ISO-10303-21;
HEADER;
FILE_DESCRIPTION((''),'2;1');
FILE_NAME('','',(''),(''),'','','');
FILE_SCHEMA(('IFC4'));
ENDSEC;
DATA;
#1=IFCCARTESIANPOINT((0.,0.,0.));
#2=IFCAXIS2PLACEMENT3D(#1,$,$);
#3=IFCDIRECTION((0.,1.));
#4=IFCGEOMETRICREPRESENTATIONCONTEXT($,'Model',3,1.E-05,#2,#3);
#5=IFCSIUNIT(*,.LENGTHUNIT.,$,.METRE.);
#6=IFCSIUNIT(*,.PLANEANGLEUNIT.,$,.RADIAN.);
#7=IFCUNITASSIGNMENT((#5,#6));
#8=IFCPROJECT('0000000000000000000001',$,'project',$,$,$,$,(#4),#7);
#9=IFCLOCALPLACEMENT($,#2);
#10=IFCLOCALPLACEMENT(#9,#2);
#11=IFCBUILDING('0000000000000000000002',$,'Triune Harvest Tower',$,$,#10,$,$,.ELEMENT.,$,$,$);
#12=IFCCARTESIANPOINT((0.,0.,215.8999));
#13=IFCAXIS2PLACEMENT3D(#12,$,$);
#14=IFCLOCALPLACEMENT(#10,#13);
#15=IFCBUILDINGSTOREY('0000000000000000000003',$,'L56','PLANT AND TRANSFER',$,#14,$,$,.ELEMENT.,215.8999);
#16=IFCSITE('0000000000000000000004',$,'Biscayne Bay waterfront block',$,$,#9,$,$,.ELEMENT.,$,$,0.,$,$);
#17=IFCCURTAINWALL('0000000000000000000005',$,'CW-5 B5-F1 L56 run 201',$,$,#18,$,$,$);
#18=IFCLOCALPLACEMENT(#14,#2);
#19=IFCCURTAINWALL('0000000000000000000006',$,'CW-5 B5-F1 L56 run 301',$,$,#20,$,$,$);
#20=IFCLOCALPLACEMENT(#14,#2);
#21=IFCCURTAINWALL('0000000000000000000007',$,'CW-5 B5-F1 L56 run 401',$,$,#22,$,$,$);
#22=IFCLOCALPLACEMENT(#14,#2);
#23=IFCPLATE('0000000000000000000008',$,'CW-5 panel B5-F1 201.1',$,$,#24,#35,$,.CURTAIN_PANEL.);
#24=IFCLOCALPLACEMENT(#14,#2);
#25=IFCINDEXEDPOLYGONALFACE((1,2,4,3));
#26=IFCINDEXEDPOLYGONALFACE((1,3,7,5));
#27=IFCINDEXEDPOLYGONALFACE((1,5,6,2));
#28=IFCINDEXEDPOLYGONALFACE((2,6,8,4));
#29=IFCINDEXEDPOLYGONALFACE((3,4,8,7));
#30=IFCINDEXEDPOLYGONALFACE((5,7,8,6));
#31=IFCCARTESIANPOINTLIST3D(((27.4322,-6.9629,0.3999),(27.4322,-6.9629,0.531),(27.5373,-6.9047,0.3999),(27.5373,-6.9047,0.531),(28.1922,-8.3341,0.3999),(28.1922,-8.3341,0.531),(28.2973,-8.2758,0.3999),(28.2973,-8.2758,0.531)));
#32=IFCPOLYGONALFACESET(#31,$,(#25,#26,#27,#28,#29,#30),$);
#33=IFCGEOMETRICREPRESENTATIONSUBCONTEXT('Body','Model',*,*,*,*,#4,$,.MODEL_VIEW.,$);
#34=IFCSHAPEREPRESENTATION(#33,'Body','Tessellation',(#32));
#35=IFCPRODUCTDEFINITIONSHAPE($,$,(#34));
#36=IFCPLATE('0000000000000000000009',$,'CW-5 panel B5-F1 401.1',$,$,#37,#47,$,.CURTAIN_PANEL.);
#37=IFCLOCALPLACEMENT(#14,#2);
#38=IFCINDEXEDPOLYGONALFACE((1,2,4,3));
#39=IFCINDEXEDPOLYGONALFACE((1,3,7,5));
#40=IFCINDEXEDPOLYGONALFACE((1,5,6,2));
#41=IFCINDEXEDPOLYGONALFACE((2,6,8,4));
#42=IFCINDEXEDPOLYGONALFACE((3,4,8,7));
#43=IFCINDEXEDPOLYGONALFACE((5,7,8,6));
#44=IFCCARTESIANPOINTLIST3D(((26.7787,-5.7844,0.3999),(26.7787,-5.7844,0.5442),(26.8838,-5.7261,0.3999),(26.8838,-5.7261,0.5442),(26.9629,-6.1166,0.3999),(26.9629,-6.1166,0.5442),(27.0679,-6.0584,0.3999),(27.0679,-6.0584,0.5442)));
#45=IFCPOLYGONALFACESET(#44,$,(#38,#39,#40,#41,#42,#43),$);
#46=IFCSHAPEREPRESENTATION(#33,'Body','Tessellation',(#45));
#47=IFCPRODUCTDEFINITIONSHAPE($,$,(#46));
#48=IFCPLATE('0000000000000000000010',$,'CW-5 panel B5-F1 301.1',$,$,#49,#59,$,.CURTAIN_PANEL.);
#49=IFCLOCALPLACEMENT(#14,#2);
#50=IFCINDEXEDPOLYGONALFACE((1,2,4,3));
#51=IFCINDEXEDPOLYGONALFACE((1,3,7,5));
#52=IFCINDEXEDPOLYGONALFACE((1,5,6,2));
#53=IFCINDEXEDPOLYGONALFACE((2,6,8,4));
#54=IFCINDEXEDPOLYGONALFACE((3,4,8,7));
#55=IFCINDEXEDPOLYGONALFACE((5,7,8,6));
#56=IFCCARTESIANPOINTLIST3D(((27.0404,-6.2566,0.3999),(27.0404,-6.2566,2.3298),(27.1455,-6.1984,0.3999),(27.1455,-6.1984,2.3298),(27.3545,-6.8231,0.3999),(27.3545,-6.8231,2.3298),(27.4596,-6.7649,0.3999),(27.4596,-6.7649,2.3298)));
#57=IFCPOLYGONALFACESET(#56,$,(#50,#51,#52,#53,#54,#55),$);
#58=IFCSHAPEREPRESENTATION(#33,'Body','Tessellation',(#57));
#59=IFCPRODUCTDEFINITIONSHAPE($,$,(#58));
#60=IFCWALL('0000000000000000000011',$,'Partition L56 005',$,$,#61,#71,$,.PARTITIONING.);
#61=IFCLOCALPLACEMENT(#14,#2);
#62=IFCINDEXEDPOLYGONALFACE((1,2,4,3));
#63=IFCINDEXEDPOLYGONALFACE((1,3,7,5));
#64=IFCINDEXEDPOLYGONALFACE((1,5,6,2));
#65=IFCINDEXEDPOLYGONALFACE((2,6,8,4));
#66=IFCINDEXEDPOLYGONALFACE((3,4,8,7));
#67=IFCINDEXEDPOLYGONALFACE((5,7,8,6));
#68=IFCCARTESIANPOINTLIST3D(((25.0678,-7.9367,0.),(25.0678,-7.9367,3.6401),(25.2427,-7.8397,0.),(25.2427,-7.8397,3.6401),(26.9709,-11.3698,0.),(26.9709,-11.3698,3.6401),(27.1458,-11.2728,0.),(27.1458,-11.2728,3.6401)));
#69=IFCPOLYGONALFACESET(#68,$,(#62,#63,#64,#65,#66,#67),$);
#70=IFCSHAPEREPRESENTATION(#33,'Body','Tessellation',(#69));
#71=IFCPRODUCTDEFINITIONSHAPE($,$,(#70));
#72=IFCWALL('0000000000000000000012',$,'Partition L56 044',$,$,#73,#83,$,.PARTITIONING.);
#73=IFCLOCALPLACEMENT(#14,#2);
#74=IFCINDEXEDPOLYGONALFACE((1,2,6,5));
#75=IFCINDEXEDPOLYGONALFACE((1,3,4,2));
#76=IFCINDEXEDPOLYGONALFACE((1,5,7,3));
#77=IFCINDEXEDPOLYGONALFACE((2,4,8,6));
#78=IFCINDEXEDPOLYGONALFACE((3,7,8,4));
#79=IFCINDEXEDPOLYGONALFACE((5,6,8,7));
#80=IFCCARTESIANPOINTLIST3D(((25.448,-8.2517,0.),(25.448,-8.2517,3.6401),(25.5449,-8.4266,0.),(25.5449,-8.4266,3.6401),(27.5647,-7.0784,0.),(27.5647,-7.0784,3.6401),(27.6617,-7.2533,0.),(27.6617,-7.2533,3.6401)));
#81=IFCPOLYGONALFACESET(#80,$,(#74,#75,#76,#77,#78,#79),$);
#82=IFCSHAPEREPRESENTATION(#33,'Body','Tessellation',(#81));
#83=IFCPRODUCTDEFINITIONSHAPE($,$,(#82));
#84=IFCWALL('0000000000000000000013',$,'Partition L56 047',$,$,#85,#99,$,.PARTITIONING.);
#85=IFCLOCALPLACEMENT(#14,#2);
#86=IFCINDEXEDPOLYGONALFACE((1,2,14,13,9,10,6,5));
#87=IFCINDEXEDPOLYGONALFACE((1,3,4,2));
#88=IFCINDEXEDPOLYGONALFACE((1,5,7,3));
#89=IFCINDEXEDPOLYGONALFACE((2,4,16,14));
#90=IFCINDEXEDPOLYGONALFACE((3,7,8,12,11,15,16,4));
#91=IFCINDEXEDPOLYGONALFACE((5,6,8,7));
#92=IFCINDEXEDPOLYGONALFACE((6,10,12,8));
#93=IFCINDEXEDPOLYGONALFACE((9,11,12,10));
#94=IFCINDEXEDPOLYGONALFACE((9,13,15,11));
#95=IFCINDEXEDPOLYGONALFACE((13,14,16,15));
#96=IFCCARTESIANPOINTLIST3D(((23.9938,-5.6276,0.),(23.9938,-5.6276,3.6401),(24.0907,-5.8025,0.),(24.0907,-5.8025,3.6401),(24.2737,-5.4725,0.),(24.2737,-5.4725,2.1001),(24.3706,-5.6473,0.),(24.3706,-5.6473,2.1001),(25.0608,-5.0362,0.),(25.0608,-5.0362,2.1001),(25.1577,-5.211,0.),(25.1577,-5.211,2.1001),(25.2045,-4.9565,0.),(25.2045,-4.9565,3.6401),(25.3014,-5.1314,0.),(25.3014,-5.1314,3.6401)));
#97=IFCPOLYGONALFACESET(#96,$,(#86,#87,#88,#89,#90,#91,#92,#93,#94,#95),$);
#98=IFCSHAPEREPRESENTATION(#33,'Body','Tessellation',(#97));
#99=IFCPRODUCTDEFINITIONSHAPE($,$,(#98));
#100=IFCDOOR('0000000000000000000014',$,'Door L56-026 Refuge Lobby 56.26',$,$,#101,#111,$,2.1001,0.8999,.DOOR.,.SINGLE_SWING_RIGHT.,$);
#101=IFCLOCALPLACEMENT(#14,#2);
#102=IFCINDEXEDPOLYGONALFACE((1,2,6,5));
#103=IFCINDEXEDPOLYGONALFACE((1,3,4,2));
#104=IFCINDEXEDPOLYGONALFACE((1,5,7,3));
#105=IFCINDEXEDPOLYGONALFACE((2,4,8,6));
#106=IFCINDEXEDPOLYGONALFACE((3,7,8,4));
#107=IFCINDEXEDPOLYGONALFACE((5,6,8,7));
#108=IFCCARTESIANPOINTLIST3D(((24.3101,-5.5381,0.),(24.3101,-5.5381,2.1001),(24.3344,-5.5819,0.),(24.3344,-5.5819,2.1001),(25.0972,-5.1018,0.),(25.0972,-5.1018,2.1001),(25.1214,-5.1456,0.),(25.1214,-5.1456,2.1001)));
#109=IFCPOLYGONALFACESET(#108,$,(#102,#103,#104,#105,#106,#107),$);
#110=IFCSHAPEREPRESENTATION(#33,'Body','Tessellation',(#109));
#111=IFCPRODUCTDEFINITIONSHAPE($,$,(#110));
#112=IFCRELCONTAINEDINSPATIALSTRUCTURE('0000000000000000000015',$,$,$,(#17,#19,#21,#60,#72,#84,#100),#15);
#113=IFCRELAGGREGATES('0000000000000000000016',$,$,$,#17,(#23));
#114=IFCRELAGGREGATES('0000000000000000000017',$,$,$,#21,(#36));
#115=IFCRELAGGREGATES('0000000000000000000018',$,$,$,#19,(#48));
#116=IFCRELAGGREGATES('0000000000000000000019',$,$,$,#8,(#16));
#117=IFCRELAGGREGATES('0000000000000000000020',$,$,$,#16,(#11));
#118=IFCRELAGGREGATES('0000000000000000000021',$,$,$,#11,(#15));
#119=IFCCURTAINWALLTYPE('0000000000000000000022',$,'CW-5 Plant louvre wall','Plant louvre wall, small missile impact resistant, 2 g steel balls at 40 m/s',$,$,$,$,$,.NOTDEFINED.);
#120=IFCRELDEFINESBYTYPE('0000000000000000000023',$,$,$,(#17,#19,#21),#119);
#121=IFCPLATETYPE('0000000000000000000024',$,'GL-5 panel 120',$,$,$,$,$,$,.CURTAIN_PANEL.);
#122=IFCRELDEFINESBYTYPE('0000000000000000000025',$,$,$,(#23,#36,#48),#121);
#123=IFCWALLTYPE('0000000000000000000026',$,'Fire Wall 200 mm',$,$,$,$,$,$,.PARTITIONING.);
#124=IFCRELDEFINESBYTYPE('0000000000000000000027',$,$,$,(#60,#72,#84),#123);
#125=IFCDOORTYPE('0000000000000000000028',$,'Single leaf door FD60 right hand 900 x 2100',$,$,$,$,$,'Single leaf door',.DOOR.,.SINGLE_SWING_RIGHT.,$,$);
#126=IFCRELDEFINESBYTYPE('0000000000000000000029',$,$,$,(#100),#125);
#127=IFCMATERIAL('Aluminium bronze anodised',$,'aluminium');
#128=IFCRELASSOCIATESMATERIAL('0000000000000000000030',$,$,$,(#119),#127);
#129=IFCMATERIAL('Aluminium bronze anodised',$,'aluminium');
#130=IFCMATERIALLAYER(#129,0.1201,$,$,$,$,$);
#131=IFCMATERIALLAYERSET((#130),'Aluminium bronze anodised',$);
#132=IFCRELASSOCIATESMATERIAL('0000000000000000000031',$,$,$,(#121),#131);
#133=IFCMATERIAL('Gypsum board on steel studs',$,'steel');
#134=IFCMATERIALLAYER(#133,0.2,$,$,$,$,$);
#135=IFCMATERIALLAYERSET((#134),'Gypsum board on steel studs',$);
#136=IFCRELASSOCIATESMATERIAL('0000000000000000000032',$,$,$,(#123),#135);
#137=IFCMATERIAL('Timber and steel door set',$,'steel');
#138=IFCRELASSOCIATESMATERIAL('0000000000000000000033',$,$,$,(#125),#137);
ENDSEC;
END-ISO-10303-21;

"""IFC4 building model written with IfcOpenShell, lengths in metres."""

from ifc_helpers import new_model, si_unit, direction, frame, frame_2d, origin, origin_2d, place, context, subcontext, project, spatial, rectangle, extrude, source, transform, mapped, material, layer, layer_set, type_object, element, fill, aggregate, save


model = new_model("IFC4")

# Units and contexts
model_context = context("Model", 3, precision=1e-05, world=origin(), true_north=direction((0.0, 1.0)))
body_context = subcontext(model_context, "Body", "Model", "MODEL_VIEW")
ifc_project = project(units=[si_unit("LENGTHUNIT", "METRE"), si_unit("PLANEANGLEUNIT", "RADIAN")], contexts=[model_context])

# Site, building, storey
site_placement = place(None, origin())
site = spatial("IfcSite", under=ifc_project, at=site_placement, Name="Biscayne Bay waterfront block", CompositionType="ELEMENT", RefElevation=0.0)
building_placement = place(site_placement, origin())
building = spatial("IfcBuilding", under=site, at=building_placement, Name="Triune Harvest Tower", CompositionType="ELEMENT")
storey_placement = place(building_placement, frame((0.0, 0.0, 215.8999)))
storey = spatial("IfcBuildingStorey", under=building, at=storey_placement, Name="L56", Description="PLANT AND TRANSFER", CompositionType="ELEMENT", Elevation=215.8999)

# Curtain wall
ifc_material_1 = material(Name="Aluminium bronze anodised", Category="aluminium")
curtain_wall_type = type_object("IfcCurtainWallType", Name="CW-5 Plant louvre wall", Description="Plant louvre wall, small missile impact resistant, 2 g steel balls at 40 m/s", PredefinedType="NOTDEFINED", material=ifc_material_1)
curtain_wall_1_placement = place(storey_placement, origin())
curtain_wall_1 = element("IfcCurtainWall", 1, at=curtain_wall_1_placement, inside=storey, type_object=curtain_wall_type, Name="CW-5 B5-F1 L56 run 201")

# Curtain wall
curtain_wall_2_placement = place(storey_placement, origin())
curtain_wall_2 = element("IfcCurtainWall", 2, at=curtain_wall_2_placement, inside=storey, type_object=curtain_wall_type, Name="CW-5 B5-F1 L56 run 301")

# Curtain wall
curtain_wall_3_placement = place(storey_placement, origin())
curtain_wall_3 = element("IfcCurtainWall", 3, at=curtain_wall_3_placement, inside=storey, type_object=curtain_wall_type, Name="CW-5 B5-F1 L56 run 401")

# Plates
ifc_material_2 = material(Name="Aluminium bronze anodised", Category="aluminium")
ifc_layer_1 = layer(ifc_material_2, 0.1201)
ifc_layer_set_1 = layer_set([ifc_layer_1], Name="Aluminium bronze anodised")
plate_type = type_object("IfcPlateType", Name="GL-5 panel 120", PredefinedType="CURTAIN_PANEL", material=ifc_layer_set_1)
plate_1_placement = place(storey_placement, frame((27.8647, -7.6194, 0.3999), z_axis=(0.0, 0.0, 1.0), x_axis=(-0.484783, 0.874635, 0.0)))
plate_1 = element("IfcPlate", 4, at=plate_1_placement, type_object=plate_type, Name="CW-5 panel B5-F1 201.1", PredefinedType="CURTAIN_PANEL", context=body_context, shape_type="SweptSolid", body=[
    extrude(rectangle(XDim=1.5676, YDim=0.1201, at=origin_2d()), origin(), (0.0, 0.0, 1.0), 0.1311),
])
aggregate(curtain_wall_1, [plate_1])
plate_2_placement = place(storey_placement, frame((26.9233, -5.9214, 0.3999), z_axis=(0.0, 0.0, 1.0), x_axis=(-0.484746, 0.874655, 0.0)))
plate_2 = element("IfcPlate", 5, at=plate_2_placement, type_object=plate_type, Name="CW-5 panel B5-F1 401.1", PredefinedType="CURTAIN_PANEL", context=body_context, shape_type="SweptSolid", body=[
    extrude(rectangle(XDim=0.3799, YDim=0.1201, at=origin_2d()), origin(), (0.0, 0.0, 1.0), 0.1443),
])
aggregate(curtain_wall_3, [plate_2])
shared_shape_1 = source(origin(), body_context, "Body", "SweptSolid", [
    extrude(rectangle(XDim=0.6477, YDim=0.1201, at=origin_2d()), origin(), (0.0, 0.0, 1.0), 1.9299),
])
plate_3_placement = place(storey_placement, frame((27.25, -6.5107, 0.3999), z_axis=(0.0, 0.0, 1.0), x_axis=(-0.484896, 0.874572, 0.0)))
plate_3 = element("IfcPlate", 6, at=plate_3_placement, type_object=plate_type, Name="CW-5 panel B5-F1 301.1", PredefinedType="CURTAIN_PANEL", context=body_context, shape_type="MappedRepresentation", body=[
    mapped(shared_shape_1, transform((0.0, 0.0, 0.0), scale=1.0)),
])
aggregate(curtain_wall_2, [plate_3])

# Walls
ifc_material_3 = material(Name="Gypsum board on steel studs", Category="steel")
ifc_layer_2 = layer(ifc_material_3, 0.2)
ifc_layer_set_2 = layer_set([ifc_layer_2], Name="Gypsum board on steel studs")
wall_type = type_object("IfcWallType", Name="Fire Wall 200 mm", PredefinedType="PARTITIONING", material=ifc_layer_set_2)
wall_1_placement = place(storey_placement, frame((25.1553, -7.8882, 0.0), z_axis=(0.0, 0.0, 1.0), x_axis=(0.484824, -0.874612, 0.0)))
element("IfcWall", 7, at=wall_1_placement, inside=storey, type_object=wall_type, Name="Partition L56 005", PredefinedType="PARTITIONING", context=body_context, shape_type="SweptSolid", body=[
    extrude(rectangle(XDim=3.9253, YDim=0.2, at=frame_2d((1.9626, 0.0))), origin(), (0.0, 0.0, 1.0), 3.6401),
])
wall_2_placement = place(storey_placement, frame((25.4966, -8.3391, 0.0), z_axis=(0.0, 0.0, 1.0), x_axis=(0.874614, 0.48482, 0.0)))
element("IfcWall", 8, at=wall_2_placement, inside=storey, type_object=wall_type, Name="Partition L56 044", PredefinedType="PARTITIONING", context=body_context, shape_type="SweptSolid", body=[
    extrude(rectangle(XDim=2.4202, YDim=0.2, at=frame_2d((1.21, 0.0))), origin(), (0.0, 0.0, 1.0), 3.6401),
])

# Wall, opening, door
wall_3_placement = place(storey_placement, frame((24.0422, -5.7151, 0.0), z_axis=(0.0, 0.0, 1.0), x_axis=(0.874606, 0.484834, 0.0)))
wall_3 = element("IfcWall", 9, at=wall_3_placement, inside=storey, type_object=wall_type, Name="Partition L56 047", PredefinedType="PARTITIONING", context=body_context, shape_type="SweptSolid", body=[
    extrude(rectangle(XDim=1.3843, YDim=0.2, at=frame_2d((0.6921, 0.0))), origin(), (0.0, 0.0, 1.0), 3.6401),
])
opening_placement = place(wall_3_placement, frame((0.3201, 0.0, 0.0)))
opening = element("IfcOpeningElement", 10, at=opening_placement, cuts=wall_3, PredefinedType="OPENING", context=body_context, shape_type="SweptSolid", body=[
    extrude(rectangle(XDim=0.8999, YDim=2.1001, at=frame_2d((0.45, 1.05))), frame((0.0, 0.1099, 0.0), z_axis=(0.0, -1.0, 0.0), x_axis=(1.0, 0.0, 0.0)), (0.0, 0.0, 1.0), 0.22),
])
ifc_material_4 = material(Name="Timber and steel door set", Category="steel")
door_type = type_object("IfcDoorType", Name="Single leaf door FD60 right hand 900 x 2100", ElementType="Single leaf door", OperationType="SINGLE_SWING_RIGHT", PredefinedType="DOOR", material=ifc_material_4)
door_placement = place(opening_placement, origin())
door = element("IfcDoor", 11, at=door_placement, inside=storey, type_object=door_type, Name="Door L56-026 Refuge Lobby 56.26", OperationType="SINGLE_SWING_RIGHT", OverallHeight=2.1001, OverallWidth=0.8999, PredefinedType="DOOR", context=body_context, shape_type="SweptSolid", body=[
    extrude(rectangle(XDim=0.8999, YDim=2.1001, at=frame_2d((0.45, 1.05))), frame((0.0, 0.0249, 0.0), z_axis=(0.0, -1.0, 0.0), x_axis=(1.0, 0.0, 0.0)), (0.0, 0.0, 1.0), 0.05),
])
fill(opening, door)

save(model, "model.ifc")
